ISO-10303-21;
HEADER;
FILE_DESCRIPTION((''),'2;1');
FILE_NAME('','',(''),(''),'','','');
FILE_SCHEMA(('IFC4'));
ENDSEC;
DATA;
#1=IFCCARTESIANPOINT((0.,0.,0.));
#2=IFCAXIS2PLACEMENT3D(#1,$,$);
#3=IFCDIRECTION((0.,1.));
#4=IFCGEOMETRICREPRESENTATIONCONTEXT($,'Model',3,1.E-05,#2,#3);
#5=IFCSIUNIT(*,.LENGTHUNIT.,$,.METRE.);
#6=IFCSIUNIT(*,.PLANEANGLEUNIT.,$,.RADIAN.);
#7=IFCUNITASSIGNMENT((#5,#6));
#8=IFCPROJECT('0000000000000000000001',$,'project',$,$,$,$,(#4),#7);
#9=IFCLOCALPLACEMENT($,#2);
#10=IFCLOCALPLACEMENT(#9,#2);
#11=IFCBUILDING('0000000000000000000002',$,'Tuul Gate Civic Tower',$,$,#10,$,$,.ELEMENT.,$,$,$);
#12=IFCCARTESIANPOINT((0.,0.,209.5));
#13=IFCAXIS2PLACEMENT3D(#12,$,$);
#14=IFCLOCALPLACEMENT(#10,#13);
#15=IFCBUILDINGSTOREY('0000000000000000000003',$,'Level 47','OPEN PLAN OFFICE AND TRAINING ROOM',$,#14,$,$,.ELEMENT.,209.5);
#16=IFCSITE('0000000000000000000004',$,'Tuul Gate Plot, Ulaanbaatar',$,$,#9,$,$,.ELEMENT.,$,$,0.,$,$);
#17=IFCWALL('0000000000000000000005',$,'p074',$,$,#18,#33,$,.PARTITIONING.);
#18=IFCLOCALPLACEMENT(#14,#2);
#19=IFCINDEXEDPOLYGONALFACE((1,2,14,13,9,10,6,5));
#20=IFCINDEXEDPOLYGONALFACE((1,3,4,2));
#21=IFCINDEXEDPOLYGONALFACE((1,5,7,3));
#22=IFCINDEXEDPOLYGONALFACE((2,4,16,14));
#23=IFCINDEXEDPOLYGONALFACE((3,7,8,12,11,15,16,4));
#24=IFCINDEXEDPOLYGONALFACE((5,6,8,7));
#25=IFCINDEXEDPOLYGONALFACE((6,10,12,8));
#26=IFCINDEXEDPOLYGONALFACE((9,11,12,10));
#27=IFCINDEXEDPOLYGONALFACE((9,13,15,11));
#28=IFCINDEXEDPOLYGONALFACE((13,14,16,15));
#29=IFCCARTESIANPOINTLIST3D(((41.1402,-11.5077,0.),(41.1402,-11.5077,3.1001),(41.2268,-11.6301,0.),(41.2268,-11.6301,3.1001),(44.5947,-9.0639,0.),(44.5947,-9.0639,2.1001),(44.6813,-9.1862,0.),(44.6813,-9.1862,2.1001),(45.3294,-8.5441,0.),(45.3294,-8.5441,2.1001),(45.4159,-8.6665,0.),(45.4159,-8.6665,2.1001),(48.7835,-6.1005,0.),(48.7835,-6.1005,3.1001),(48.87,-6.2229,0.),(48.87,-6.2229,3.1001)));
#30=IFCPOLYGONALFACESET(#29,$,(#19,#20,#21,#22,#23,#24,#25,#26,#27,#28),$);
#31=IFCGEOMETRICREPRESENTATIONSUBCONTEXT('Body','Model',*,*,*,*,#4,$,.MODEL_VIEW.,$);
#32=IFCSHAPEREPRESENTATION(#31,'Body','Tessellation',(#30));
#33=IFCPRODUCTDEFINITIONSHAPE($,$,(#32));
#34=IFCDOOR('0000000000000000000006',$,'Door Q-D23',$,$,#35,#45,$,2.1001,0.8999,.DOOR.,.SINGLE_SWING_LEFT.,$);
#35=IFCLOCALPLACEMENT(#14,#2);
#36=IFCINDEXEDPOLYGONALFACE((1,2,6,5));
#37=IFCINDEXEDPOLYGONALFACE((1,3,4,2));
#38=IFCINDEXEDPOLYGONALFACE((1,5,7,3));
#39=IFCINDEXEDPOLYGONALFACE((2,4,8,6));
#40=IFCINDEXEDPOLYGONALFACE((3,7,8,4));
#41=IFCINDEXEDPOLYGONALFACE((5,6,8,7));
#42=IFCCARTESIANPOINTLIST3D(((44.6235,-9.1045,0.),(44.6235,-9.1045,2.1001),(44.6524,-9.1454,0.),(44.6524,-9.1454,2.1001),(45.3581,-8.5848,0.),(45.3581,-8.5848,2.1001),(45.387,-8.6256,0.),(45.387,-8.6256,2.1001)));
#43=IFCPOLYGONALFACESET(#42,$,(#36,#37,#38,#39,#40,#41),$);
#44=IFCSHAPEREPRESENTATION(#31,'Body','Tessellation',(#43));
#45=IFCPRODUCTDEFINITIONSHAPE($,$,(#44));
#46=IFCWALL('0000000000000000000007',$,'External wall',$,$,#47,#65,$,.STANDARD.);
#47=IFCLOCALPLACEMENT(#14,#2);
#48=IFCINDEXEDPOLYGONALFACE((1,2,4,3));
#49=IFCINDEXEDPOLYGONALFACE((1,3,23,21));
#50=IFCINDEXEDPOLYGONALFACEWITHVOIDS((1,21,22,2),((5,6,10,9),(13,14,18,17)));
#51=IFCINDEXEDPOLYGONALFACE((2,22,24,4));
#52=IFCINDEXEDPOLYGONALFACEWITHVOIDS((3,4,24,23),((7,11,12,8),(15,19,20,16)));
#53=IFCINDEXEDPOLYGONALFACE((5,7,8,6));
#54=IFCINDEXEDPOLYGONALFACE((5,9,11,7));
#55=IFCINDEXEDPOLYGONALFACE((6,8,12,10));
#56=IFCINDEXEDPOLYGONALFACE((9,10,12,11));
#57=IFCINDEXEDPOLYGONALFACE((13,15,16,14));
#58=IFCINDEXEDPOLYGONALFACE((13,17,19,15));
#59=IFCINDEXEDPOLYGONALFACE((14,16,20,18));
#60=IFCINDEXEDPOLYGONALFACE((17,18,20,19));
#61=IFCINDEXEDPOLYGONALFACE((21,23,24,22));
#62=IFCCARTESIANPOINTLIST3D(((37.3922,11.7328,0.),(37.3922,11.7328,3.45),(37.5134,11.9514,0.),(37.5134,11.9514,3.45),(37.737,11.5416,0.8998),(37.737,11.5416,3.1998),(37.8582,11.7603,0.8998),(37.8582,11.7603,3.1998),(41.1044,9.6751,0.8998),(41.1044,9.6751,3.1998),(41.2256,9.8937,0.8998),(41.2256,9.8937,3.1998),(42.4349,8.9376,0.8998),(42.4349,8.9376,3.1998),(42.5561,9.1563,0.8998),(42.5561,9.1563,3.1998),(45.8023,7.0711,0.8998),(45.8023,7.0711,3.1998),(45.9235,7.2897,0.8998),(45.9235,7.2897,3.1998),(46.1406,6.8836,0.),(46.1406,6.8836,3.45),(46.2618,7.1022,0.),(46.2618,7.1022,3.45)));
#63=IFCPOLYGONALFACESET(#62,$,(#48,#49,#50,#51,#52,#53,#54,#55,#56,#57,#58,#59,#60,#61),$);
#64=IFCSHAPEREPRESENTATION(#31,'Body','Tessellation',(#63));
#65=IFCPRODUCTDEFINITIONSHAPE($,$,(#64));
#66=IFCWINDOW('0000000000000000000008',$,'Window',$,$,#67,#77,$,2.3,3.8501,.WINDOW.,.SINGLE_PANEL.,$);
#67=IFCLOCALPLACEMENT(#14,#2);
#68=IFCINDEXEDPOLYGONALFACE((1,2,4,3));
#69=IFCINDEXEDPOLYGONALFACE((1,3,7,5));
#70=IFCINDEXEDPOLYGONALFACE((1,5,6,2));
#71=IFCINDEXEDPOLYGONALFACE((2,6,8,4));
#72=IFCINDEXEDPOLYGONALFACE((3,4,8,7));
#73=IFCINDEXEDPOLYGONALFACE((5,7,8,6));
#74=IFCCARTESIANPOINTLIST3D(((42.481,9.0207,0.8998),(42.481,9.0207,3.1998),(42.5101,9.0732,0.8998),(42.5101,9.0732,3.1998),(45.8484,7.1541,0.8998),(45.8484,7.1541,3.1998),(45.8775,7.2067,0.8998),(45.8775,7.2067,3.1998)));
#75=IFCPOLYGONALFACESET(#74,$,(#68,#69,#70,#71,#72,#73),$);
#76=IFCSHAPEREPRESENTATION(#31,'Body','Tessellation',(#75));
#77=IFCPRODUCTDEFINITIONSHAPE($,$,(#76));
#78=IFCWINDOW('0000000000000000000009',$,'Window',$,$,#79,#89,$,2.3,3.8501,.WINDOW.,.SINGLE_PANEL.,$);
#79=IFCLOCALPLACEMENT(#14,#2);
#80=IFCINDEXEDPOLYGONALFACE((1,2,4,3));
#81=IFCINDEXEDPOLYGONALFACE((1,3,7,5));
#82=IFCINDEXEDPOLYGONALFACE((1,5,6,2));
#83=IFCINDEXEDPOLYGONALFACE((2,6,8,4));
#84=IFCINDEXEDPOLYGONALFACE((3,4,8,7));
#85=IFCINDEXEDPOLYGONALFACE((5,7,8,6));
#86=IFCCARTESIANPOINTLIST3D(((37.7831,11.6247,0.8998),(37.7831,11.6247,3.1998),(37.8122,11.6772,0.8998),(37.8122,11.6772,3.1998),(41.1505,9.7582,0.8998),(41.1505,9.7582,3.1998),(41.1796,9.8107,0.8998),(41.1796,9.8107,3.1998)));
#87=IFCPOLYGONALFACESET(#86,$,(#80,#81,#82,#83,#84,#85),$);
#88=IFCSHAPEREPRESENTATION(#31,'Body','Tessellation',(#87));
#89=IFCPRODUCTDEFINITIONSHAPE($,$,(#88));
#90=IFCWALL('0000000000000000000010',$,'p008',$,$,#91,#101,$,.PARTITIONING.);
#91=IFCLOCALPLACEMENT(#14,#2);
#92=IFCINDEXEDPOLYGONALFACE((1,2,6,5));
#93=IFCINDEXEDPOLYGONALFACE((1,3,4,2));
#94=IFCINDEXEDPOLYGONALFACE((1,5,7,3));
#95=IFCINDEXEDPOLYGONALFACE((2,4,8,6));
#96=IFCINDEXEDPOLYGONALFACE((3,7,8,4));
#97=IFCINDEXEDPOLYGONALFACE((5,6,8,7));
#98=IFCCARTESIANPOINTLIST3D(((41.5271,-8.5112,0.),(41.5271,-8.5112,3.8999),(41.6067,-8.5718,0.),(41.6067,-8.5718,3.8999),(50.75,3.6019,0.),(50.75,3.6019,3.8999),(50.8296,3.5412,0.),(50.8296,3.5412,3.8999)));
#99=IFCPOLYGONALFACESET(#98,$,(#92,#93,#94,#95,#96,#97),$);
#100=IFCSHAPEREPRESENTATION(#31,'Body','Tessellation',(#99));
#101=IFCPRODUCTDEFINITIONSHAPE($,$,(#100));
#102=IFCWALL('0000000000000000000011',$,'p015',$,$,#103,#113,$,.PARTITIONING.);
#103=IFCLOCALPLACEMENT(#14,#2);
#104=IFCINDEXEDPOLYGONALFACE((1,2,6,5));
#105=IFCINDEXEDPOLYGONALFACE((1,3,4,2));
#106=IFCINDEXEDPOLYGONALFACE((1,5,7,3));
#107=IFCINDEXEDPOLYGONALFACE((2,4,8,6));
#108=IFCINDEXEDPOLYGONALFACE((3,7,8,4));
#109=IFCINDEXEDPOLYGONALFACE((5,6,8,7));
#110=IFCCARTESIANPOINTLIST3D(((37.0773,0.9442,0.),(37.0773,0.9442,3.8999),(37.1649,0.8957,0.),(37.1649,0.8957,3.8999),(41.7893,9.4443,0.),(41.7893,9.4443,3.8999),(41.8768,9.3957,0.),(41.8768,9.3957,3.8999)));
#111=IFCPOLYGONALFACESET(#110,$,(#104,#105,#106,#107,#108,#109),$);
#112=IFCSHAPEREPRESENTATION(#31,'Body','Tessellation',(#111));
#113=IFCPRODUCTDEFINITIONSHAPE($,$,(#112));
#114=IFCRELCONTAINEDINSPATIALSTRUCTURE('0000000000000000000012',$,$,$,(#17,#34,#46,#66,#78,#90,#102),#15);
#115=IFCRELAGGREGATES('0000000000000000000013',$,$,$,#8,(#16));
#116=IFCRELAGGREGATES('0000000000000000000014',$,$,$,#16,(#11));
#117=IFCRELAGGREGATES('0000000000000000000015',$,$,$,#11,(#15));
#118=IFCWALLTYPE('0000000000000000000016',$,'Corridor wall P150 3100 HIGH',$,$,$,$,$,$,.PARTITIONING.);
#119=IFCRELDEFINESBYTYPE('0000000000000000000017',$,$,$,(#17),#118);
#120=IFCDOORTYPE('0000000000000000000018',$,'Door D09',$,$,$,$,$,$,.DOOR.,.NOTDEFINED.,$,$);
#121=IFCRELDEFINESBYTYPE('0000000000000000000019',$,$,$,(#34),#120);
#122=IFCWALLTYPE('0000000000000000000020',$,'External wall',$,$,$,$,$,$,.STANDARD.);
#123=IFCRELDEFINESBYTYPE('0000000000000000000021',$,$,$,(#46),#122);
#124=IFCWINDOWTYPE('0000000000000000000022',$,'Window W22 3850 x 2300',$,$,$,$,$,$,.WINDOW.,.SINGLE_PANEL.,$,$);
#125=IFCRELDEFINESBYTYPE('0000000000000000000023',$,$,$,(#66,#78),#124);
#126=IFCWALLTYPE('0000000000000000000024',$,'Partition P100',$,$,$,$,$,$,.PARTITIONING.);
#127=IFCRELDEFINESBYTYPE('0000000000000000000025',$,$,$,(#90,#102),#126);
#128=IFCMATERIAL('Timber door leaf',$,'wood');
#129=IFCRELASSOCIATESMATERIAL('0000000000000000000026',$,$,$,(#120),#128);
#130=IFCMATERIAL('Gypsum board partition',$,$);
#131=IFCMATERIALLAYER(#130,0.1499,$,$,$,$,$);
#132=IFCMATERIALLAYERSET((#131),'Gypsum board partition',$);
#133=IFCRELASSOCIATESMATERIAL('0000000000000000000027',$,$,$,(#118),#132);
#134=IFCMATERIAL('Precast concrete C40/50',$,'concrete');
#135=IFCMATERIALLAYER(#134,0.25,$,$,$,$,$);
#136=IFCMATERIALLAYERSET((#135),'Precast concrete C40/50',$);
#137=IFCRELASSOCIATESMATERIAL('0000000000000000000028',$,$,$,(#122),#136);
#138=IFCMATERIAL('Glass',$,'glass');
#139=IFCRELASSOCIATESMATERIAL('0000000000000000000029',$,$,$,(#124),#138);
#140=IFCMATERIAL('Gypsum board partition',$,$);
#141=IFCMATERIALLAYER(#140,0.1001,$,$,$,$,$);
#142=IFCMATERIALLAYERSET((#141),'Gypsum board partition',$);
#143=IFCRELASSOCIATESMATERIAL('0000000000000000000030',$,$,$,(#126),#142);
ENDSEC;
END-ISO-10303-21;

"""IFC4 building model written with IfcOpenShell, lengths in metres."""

from ifc_helpers import new_model, si_unit, direction, frame, frame_2d, origin, place, context, subcontext, project, spatial, rectangle, extrude, material, layer, layer_set, type_object, element, fill, save


model = new_model("IFC4")

# Units and contexts
model_context = context("Model", 3, precision=1e-05, world=origin(), true_north=direction((0.0, 1.0)))
body_context = subcontext(model_context, "Body", "Model", "MODEL_VIEW")
ifc_project = project(units=[si_unit("LENGTHUNIT", "METRE"), si_unit("PLANEANGLEUNIT", "RADIAN")], contexts=[model_context])

# Site, building, storey
site_placement = place(None, origin())
site = spatial("IfcSite", under=ifc_project, at=site_placement, Name="Tuul Gate Plot, Ulaanbaatar", CompositionType="ELEMENT", RefElevation=0.0)
building_placement = place(site_placement, origin())
building = spatial("IfcBuilding", under=site, at=building_placement, Name="Tuul Gate Civic Tower", CompositionType="ELEMENT")
storey_placement = place(building_placement, frame((0.0, 0.0, 209.5)))
storey = spatial("IfcBuildingStorey", under=building, at=storey_placement, Name="Level 47", Description="OPEN PLAN OFFICE AND TRAINING ROOM", CompositionType="ELEMENT", Elevation=209.5)

# Shared definitions
ifc_material_1 = material(Name="Timber door leaf", Category="wood")
door_type_1 = type_object("IfcDoorType", Name="Door D09", OperationType="NOTDEFINED", PredefinedType="DOOR", material=ifc_material_1)

# Wall, opening, door
ifc_material_2 = material(Name="Gypsum board partition")
ifc_layer_1 = layer(ifc_material_2, 0.1499)
ifc_layer_set_1 = layer_set([ifc_layer_1], Name="Gypsum board partition")
wall_type_1 = type_object("IfcWallType", Name="Corridor wall P150 3100 HIGH", PredefinedType="PARTITIONING", material=ifc_layer_set_1)
wall_1_placement = place(storey_placement, frame((41.1836, -11.5688, 0.0), z_axis=(0.0, 0.0, 1.0), x_axis=(0.816366, 0.577535, 0.0)))
wall_1 = element("IfcWall", 1, at=wall_1_placement, inside=storey, type_object=wall_type_1, Name="p074", PredefinedType="PARTITIONING", context=body_context, shape_type="SweptSolid", body=[
    extrude(rectangle(XDim=9.3625, YDim=0.1499, at=frame_2d((4.6812, 0.0))), origin(), (0.0, 0.0, 1.0), 3.1001),
])
opening_1_placement = place(wall_1_placement, frame((4.2314, 0.0, 0.0)))
opening_1 = element("IfcOpeningElement", 2, at=opening_1_placement, cuts=wall_1, PredefinedType="OPENING", context=body_context, shape_type="SweptSolid", body=[
    extrude(rectangle(XDim=0.8999, YDim=2.1001, at=frame_2d((0.45, 1.05))), frame((0.0, 0.085, 0.0), z_axis=(0.0, -1.0, 0.0), x_axis=(1.0, 0.0, 0.0)), (0.0, 0.0, 1.0), 0.1699),
])
door_1_placement = place(opening_1_placement, frame((0.8999, 0.0, 0.0), z_axis=(0.0, 0.0, 1.0), x_axis=(-1.0, 0.0, 0.0)))
door_1 = element("IfcDoor", 3, at=door_1_placement, inside=storey, type_object=door_type_1, Name="Door Q-D23", OperationType="SINGLE_SWING_LEFT", OverallHeight=2.1001, OverallWidth=0.8999, PredefinedType="DOOR", context=body_context, shape_type="SweptSolid", body=[
    extrude(rectangle(XDim=0.8999, YDim=2.1001, at=frame_2d((0.45, 1.05))), frame((0.0, 0.0249, 0.0), z_axis=(0.0, -1.0, 0.0), x_axis=(1.0, 0.0, 0.0)), (0.0, 0.0, 1.0), 0.05),
])
fill(opening_1, door_1)

# Wall, openings, windows
ifc_material_3 = material(Name="Precast concrete C40/50", Category="concrete")
ifc_layer_2 = layer(ifc_material_3, 0.25)
ifc_layer_set_2 = layer_set([ifc_layer_2], Name="Precast concrete C40/50")
wall_type_2 = type_object("IfcWallType", Name="External wall", PredefinedType="STANDARD", material=ifc_layer_set_2)
wall_2_placement = place(storey_placement, frame((46.2012, 6.9929, 0.0), z_axis=(0.0, 0.0, 1.0), x_axis=(-0.874625, 0.484799, 0.0)))
wall_2 = element("IfcWall", 4, at=wall_2_placement, inside=storey, type_object=wall_type_2, Name="External wall", PredefinedType="STANDARD", context=body_context, shape_type="SweptSolid", body=[
    extrude(rectangle(XDim=10.0024, YDim=0.25, at=frame_2d((5.0012, 0.0))), origin(), (0.0, 0.0, 1.0), 3.45),
])
opening_2_placement = place(wall_2_placement, frame((0.3867, 0.0, 0.8999)))
opening_2 = element("IfcOpeningElement", 5, at=opening_2_placement, cuts=wall_2, PredefinedType="OPENING", context=body_context, shape_type="SweptSolid", body=[
    extrude(rectangle(XDim=3.8501, YDim=2.3, at=frame_2d((1.925, 1.1499))), frame((0.0, 0.135, 0.0), z_axis=(0.0, -1.0, 0.0), x_axis=(1.0, 0.0, 0.0)), (0.0, 0.0, 1.0), 0.27),
])
opening_3_placement = place(wall_2_placement, frame((5.7581, 0.0, 0.8999)))
opening_3 = element("IfcOpeningElement", 6, at=opening_3_placement, cuts=wall_2, PredefinedType="OPENING", context=body_context, shape_type="SweptSolid", body=[
    extrude(rectangle(XDim=3.8501, YDim=2.3, at=frame_2d((1.925, 1.1499))), frame((0.0, 0.135, 0.0), z_axis=(0.0, -1.0, 0.0), x_axis=(1.0, 0.0, 0.0)), (0.0, 0.0, 1.0), 0.27),
])
ifc_material_4 = material(Name="Glass", Category="glass")
window_type = type_object("IfcWindowType", Name="Window W22 3850 x 2300", PartitioningType="SINGLE_PANEL", PredefinedType="WINDOW", material=ifc_material_4)
window_1_placement = place(opening_2_placement, origin())
window_1 = element("IfcWindow", 7, at=window_1_placement, inside=storey, type_object=window_type, Name="Window", OverallHeight=2.3, OverallWidth=3.8501, PartitioningType="SINGLE_PANEL", PredefinedType="WINDOW", context=body_context, shape_type="SweptSolid", body=[
    extrude(rectangle(XDim=3.8501, YDim=2.3, at=frame_2d((1.925, 1.1499))), frame((0.0, 0.03, 0.0), z_axis=(0.0, -1.0, 0.0), x_axis=(1.0, 0.0, 0.0)), (0.0, 0.0, 1.0), 0.0601),
])
fill(opening_2, window_1)
window_2_placement = place(opening_3_placement, origin())
window_2 = element("IfcWindow", 8, at=window_2_placement, inside=storey, type_object=window_type, Name="Window", OverallHeight=2.3, OverallWidth=3.8501, PartitioningType="SINGLE_PANEL", PredefinedType="WINDOW", context=body_context, shape_type="SweptSolid", body=[
    extrude(rectangle(XDim=3.8501, YDim=2.3, at=frame_2d((1.925, 1.1499))), frame((0.0, 0.03, 0.0), z_axis=(0.0, -1.0, 0.0), x_axis=(1.0, 0.0, 0.0)), (0.0, 0.0, 1.0), 0.0601),
])
fill(opening_3, window_2)

# Walls
ifc_material_5 = material(Name="Gypsum board partition")
ifc_layer_3 = layer(ifc_material_5, 0.1001)
ifc_layer_set_3 = layer_set([ifc_layer_3], Name="Gypsum board partition")
wall_type_3 = type_object("IfcWallType", Name="Partition P100", PredefinedType="PARTITIONING", material=ifc_layer_set_3)
wall_3_placement = place(storey_placement, frame((41.5669, -8.5415, 0.0), z_axis=(0.0, 0.0, 1.0), x_axis=(0.60579, 0.795624, 0.0)))
element("IfcWall", 9, at=wall_3_placement, inside=storey, type_object=wall_type_3, Name="p008", PredefinedType="PARTITIONING", context=body_context, shape_type="SweptSolid", body=[
    extrude(rectangle(XDim=15.2246, YDim=0.1001, at=frame_2d((7.6123, 0.0))), origin(), (0.0, 0.0, 1.0), 3.8999),
])
wall_4_placement = place(storey_placement, frame((37.1211, 0.9199, 0.0), z_axis=(0.0, 0.0, 1.0), x_axis=(0.484832, 0.874607, 0.0)))
element("IfcWall", 10, at=wall_4_placement, inside=storey, type_object=wall_type_3, Name="p015", PredefinedType="PARTITIONING", context=body_context, shape_type="SweptSolid", body=[
    extrude(rectangle(XDim=9.7188, YDim=0.1001, at=frame_2d((4.8594, 0.0))), origin(), (0.0, 0.0, 1.0), 3.8999),
])

save(model, "model.ifc")
